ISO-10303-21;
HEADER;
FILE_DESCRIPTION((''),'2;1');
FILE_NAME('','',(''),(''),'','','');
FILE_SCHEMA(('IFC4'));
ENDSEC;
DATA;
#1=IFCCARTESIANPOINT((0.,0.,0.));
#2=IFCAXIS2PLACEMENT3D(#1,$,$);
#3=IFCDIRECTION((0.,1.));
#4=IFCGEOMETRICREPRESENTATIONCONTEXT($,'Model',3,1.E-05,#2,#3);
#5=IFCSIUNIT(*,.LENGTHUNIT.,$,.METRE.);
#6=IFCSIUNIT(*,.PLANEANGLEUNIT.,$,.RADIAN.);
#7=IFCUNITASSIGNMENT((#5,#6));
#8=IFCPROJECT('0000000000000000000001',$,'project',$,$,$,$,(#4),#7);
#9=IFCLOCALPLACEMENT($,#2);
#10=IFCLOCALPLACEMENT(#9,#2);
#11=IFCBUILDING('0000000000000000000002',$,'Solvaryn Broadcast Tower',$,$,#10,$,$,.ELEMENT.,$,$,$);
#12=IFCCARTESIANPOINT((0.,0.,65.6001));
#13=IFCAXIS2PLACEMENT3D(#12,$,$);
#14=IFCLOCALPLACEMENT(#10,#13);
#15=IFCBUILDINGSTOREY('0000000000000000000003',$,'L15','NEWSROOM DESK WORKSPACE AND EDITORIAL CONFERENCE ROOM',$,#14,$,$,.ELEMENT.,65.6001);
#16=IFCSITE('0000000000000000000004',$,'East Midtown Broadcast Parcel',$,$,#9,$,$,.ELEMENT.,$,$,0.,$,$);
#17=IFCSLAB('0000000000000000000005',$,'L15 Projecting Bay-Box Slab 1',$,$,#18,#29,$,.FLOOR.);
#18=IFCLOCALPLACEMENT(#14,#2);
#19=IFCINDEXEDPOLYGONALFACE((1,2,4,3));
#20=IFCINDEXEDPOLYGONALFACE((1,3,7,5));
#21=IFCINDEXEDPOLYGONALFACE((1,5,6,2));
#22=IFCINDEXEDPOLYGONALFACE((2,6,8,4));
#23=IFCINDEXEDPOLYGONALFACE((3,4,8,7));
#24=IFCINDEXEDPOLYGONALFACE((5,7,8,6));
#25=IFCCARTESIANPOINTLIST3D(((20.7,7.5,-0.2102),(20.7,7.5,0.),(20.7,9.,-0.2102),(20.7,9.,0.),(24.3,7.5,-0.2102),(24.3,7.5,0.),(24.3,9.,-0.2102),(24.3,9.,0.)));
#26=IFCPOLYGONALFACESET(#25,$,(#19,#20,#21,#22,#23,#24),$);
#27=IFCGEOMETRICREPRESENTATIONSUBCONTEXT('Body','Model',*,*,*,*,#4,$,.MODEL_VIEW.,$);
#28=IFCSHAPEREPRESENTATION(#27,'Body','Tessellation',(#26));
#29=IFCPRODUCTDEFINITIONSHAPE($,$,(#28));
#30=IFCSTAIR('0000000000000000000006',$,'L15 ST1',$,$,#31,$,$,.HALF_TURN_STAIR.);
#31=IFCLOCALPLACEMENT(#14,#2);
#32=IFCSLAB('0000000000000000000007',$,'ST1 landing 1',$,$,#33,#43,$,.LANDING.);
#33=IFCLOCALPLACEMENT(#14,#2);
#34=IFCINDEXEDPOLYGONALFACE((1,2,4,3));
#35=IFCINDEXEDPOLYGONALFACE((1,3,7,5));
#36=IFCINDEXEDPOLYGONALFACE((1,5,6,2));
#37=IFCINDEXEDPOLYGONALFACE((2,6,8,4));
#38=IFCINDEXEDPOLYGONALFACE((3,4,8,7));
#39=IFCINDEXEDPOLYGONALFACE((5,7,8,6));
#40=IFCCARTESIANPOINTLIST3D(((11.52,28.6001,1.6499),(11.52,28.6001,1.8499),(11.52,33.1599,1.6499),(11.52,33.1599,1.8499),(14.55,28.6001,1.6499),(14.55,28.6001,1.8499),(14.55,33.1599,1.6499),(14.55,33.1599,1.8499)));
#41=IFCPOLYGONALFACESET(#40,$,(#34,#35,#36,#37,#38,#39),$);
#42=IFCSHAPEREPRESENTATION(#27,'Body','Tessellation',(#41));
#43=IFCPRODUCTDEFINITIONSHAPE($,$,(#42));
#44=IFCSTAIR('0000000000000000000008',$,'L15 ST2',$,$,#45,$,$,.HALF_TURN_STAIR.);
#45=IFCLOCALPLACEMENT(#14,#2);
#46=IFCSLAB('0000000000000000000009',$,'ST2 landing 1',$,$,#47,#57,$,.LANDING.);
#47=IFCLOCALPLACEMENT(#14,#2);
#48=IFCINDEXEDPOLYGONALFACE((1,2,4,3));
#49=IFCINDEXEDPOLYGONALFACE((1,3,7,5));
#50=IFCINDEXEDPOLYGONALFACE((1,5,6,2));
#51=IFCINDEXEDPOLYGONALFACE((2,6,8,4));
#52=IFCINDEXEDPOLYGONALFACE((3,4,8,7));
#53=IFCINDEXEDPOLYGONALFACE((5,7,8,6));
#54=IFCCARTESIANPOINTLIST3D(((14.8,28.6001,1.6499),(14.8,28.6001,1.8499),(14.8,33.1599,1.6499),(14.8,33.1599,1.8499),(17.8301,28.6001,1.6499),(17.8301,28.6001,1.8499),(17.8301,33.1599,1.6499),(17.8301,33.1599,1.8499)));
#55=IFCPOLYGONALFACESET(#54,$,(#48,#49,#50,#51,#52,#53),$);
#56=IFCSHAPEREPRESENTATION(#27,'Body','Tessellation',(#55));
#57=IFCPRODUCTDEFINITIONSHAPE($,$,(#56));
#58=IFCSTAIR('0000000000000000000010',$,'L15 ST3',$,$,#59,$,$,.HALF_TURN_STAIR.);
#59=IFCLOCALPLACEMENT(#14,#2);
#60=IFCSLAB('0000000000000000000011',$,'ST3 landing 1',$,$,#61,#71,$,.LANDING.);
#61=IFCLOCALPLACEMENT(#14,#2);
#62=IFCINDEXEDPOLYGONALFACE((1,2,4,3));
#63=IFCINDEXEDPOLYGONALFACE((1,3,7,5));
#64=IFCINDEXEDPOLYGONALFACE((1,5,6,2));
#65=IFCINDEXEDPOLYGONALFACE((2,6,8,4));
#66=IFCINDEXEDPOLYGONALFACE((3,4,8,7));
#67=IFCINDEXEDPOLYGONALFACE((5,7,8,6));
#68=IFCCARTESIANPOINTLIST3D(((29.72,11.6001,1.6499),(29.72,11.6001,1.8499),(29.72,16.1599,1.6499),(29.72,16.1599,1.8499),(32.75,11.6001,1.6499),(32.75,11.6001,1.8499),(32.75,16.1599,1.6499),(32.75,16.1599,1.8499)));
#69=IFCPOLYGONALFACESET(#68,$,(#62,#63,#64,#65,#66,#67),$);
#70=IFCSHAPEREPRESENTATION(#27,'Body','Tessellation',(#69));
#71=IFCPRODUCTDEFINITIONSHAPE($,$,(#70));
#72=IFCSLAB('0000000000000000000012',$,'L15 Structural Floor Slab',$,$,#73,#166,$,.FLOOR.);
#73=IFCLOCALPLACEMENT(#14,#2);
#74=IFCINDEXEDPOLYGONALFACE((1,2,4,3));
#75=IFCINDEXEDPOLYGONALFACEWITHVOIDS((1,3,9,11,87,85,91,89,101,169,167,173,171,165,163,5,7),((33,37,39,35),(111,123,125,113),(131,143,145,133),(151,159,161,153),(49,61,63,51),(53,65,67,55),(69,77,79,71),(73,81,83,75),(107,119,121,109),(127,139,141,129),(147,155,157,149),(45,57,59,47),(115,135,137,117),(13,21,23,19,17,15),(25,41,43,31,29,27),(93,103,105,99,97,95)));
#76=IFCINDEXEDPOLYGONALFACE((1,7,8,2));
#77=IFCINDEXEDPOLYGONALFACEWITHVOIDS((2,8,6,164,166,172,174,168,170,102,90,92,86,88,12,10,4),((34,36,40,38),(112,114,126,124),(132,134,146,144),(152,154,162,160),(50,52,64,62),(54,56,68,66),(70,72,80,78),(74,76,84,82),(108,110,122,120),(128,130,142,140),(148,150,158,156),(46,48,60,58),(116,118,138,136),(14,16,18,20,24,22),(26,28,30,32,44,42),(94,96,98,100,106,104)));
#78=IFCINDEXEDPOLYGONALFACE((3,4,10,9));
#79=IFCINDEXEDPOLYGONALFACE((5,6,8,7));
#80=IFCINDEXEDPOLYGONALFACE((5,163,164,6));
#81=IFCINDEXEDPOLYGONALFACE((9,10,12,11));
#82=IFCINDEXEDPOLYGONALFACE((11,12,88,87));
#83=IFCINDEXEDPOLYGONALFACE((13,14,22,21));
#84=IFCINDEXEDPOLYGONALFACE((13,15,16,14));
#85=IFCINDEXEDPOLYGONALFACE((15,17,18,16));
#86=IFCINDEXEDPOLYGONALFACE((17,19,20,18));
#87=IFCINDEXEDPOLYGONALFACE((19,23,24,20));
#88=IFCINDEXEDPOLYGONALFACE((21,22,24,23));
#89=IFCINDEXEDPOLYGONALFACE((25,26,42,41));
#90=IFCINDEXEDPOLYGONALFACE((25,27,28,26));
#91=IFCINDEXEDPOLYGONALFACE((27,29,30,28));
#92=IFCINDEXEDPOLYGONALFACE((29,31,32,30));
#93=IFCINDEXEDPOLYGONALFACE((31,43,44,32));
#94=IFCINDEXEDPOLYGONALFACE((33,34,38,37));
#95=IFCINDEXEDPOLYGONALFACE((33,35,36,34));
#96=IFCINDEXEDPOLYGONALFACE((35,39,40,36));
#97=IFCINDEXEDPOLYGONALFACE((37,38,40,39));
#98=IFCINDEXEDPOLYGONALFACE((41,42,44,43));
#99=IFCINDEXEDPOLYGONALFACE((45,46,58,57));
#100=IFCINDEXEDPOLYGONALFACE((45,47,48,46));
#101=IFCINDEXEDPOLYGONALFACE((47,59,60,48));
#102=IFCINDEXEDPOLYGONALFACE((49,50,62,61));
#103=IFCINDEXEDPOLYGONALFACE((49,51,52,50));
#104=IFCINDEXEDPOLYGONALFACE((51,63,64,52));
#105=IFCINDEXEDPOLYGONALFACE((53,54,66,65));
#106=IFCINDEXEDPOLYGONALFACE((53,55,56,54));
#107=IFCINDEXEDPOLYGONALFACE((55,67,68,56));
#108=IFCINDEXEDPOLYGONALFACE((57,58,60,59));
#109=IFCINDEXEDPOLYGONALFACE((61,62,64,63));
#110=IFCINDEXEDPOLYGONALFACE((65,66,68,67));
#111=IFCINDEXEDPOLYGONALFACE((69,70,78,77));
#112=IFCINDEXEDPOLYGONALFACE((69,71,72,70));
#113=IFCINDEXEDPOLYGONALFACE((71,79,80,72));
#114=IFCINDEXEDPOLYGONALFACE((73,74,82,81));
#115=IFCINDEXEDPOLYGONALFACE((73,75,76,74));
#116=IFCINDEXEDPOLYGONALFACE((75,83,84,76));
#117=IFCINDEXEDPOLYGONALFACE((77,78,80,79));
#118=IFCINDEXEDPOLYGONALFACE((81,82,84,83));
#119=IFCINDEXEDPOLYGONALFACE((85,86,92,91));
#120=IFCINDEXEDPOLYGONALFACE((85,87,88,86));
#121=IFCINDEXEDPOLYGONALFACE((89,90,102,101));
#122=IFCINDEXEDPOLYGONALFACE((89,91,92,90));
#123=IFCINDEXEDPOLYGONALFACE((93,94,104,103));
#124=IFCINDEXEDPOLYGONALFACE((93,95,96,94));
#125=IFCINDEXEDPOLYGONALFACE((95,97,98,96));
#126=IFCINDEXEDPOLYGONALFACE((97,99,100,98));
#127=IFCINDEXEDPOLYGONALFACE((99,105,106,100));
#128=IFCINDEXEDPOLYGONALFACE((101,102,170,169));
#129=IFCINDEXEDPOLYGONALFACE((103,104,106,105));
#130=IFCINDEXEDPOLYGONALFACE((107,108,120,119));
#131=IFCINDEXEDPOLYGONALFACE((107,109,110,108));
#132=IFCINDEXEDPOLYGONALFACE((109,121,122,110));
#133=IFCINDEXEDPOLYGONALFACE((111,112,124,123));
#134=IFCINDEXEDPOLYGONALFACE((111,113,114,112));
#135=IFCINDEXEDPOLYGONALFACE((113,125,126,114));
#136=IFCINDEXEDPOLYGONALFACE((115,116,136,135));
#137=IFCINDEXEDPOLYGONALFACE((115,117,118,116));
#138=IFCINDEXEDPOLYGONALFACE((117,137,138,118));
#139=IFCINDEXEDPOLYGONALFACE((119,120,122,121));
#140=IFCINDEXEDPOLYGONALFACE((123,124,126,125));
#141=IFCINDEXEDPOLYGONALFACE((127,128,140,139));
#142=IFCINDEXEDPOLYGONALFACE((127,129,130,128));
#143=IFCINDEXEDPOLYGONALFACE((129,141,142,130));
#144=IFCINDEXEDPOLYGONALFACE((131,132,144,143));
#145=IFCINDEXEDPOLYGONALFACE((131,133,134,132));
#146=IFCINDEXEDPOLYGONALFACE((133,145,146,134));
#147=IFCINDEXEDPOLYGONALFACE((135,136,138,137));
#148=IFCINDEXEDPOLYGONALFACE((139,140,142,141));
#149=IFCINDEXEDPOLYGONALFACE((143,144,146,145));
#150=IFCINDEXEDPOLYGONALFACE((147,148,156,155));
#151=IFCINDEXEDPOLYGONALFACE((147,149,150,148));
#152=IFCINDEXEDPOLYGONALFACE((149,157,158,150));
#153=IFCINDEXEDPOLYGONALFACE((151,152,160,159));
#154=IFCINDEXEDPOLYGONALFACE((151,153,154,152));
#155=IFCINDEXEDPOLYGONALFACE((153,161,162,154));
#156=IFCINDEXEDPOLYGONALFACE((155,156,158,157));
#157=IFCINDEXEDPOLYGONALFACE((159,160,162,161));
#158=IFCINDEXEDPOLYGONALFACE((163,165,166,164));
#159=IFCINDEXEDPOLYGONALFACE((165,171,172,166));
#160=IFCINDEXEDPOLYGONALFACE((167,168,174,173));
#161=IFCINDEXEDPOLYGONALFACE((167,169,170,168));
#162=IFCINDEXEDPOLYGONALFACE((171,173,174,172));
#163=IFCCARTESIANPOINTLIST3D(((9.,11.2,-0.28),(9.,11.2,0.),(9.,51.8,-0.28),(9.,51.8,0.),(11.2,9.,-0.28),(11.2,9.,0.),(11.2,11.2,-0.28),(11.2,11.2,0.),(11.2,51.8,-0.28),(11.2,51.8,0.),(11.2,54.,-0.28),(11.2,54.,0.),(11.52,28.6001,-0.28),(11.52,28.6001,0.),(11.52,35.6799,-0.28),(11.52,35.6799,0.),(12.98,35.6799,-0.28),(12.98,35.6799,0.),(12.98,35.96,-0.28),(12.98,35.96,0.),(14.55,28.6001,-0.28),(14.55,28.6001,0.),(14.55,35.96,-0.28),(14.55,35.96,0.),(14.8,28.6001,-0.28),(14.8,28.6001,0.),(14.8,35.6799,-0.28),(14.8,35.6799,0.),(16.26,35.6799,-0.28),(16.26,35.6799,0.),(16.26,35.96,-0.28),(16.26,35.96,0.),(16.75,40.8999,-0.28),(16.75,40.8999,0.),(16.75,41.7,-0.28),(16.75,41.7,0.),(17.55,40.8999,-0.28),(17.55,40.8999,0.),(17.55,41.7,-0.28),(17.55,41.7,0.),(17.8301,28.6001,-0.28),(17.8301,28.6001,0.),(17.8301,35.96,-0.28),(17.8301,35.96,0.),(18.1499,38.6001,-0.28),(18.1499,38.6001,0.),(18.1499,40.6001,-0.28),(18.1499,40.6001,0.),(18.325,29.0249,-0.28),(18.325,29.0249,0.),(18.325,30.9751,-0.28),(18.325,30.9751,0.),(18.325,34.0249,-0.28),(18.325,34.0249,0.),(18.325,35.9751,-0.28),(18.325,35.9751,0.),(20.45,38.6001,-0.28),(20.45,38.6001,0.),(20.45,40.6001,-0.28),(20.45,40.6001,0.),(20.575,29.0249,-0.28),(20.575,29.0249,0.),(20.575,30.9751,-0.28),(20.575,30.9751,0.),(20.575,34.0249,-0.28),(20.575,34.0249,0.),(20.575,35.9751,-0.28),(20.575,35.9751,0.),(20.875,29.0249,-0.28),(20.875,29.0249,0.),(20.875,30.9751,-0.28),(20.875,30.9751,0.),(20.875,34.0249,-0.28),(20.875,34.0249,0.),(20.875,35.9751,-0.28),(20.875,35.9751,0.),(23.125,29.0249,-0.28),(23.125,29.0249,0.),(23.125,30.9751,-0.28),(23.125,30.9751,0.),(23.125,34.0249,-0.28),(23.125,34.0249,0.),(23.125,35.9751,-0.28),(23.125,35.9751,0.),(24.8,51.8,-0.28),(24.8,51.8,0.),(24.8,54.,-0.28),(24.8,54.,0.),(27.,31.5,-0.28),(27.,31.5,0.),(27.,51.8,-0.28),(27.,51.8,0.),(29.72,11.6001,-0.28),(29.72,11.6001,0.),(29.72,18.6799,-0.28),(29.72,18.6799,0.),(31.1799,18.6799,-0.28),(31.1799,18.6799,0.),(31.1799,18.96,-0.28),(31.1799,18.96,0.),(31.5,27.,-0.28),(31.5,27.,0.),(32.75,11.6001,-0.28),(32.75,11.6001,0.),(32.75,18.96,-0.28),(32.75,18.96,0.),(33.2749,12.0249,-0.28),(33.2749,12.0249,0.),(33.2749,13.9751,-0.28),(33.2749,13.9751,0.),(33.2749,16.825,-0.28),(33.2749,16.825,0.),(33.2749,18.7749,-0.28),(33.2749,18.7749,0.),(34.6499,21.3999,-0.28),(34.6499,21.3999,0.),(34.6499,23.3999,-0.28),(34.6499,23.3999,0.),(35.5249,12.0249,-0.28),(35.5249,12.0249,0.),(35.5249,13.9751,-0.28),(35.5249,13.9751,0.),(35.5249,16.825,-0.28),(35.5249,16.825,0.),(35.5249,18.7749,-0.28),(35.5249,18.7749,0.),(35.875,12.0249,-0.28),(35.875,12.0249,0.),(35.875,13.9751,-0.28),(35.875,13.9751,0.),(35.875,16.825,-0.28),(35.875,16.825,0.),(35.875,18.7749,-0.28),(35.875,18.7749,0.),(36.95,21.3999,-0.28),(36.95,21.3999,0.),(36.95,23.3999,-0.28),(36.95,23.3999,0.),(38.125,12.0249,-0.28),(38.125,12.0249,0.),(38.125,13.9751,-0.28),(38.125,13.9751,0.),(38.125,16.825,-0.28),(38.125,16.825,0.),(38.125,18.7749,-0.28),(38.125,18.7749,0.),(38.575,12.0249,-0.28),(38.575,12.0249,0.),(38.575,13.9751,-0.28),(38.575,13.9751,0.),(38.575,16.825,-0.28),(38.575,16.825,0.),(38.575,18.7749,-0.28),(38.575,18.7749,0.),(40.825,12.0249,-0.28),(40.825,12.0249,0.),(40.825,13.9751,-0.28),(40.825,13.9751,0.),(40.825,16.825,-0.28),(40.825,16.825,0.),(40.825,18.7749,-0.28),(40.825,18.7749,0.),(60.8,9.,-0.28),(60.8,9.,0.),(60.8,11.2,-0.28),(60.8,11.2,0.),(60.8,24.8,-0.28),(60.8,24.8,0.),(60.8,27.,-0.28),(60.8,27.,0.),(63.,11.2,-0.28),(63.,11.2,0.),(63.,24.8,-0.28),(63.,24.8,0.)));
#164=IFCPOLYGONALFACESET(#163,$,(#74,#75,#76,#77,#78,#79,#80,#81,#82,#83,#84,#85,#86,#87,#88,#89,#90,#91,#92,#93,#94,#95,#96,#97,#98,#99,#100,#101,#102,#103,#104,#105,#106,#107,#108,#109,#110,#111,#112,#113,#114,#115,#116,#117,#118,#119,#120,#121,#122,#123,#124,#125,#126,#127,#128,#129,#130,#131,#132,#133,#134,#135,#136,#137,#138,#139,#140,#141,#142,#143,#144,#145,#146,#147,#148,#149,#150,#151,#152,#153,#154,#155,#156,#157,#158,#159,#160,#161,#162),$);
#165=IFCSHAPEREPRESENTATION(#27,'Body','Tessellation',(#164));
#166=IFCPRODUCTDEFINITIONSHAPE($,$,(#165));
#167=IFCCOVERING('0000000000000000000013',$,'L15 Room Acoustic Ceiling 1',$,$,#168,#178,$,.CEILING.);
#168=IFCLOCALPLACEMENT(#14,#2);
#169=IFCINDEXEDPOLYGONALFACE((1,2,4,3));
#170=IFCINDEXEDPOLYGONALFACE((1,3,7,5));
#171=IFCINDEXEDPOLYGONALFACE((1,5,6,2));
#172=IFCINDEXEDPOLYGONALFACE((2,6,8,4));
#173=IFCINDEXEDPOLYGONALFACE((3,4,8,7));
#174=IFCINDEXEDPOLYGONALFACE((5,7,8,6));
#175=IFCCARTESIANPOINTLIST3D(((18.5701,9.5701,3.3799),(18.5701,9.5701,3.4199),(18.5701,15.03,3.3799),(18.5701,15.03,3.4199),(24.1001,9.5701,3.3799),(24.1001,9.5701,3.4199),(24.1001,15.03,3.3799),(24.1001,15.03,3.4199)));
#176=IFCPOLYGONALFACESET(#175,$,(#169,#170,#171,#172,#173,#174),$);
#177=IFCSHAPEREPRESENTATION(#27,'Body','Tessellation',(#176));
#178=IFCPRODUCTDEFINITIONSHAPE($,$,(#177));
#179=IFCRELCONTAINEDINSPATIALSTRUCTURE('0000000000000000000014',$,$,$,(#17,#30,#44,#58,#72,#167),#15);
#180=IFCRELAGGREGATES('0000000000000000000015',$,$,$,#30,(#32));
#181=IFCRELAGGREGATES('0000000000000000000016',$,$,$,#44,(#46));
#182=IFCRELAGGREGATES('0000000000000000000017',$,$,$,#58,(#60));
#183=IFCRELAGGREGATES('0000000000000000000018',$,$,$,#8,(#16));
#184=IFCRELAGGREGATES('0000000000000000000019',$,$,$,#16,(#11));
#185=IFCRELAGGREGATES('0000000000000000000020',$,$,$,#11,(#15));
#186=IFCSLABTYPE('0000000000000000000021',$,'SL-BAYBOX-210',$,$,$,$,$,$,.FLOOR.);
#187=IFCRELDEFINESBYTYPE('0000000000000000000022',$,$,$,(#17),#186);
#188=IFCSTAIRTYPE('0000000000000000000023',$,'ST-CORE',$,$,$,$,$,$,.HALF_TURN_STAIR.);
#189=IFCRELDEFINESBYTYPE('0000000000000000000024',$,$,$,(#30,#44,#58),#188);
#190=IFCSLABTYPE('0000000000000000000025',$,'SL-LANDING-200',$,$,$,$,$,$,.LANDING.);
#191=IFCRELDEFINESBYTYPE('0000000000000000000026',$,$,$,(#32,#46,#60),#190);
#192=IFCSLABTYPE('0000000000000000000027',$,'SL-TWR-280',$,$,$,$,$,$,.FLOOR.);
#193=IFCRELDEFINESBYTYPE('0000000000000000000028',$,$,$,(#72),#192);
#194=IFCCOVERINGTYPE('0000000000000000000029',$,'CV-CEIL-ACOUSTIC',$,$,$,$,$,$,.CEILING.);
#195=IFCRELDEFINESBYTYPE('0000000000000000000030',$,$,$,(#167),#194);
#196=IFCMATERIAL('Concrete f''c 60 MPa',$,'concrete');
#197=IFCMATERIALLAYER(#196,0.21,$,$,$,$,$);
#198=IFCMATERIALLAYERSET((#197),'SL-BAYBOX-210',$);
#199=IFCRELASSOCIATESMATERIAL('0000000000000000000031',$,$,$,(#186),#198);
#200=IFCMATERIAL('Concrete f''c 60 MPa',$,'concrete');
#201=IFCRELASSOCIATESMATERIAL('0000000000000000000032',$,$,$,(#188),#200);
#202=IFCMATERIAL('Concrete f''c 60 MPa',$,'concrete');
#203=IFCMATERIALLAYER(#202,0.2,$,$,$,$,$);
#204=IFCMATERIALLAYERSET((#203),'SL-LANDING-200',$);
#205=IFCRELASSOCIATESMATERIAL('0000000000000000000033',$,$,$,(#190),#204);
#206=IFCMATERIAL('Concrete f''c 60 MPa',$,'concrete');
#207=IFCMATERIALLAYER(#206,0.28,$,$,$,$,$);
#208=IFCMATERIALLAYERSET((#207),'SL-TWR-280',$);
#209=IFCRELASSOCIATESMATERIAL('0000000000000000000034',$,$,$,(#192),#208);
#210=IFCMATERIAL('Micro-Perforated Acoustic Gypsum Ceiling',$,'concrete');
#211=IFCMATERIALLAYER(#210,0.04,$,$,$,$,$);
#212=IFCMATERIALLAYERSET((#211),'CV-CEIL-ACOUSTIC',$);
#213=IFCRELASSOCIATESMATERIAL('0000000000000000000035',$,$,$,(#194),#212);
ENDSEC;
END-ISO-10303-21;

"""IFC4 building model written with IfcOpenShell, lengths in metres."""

from ifc_helpers import new_model, si_unit, direction, frame, origin, place, context, subcontext, project, spatial, polyline, outline, extrude, material, layer, layer_set, type_object, element, aggregate, save


model = new_model("IFC4")

# Units and contexts
model_context = context("Model", 3, precision=1e-05, world=origin(), true_north=direction((0.0, 1.0)))
body_context = subcontext(model_context, "Body", "Model", "MODEL_VIEW")
ifc_project = project(units=[si_unit("LENGTHUNIT", "METRE"), si_unit("PLANEANGLEUNIT", "RADIAN")], contexts=[model_context])

# Site, building, storey
site_placement = place(None, origin())
site = spatial("IfcSite", under=ifc_project, at=site_placement, Name="East Midtown Broadcast Parcel", CompositionType="ELEMENT", RefElevation=0.0)
building_placement = place(site_placement, origin())
building = spatial("IfcBuilding", under=site, at=building_placement, Name="Solvaryn Broadcast Tower", CompositionType="ELEMENT")
storey_placement = place(building_placement, frame((0.0, 0.0, 65.6001)))
storey = spatial("IfcBuildingStorey", under=building, at=storey_placement, Name="L15", Description="NEWSROOM DESK WORKSPACE AND EDITORIAL CONFERENCE ROOM", CompositionType="ELEMENT", Elevation=65.6001)

# Slab
ifc_material_1 = material(Name="Concrete f'c 60 MPa", Category="concrete")
ifc_layer_1 = layer(ifc_material_1, 0.21)
ifc_layer_set_1 = layer_set([ifc_layer_1], Name="SL-BAYBOX-210")
slab_type_1 = type_object("IfcSlabType", Name="SL-BAYBOX-210", PredefinedType="FLOOR", material=ifc_layer_set_1)
slab_1_placement = place(storey_placement, frame((0.0, 0.0, -0.2102)))
element("IfcSlab", 1, at=slab_1_placement, inside=storey, type_object=slab_type_1, Name="L15 Projecting Bay-Box Slab 1", PredefinedType="FLOOR", context=body_context, shape_type="SweptSolid", body=[
    extrude(outline(polyline([(20.7, 7.5), (24.3, 7.5), (24.3, 9.0), (20.7, 9.0), (20.7, 7.5)])), origin(), (0.0, 0.0, 1.0), 0.2102),
])

# Stairs, slabs
ifc_material_2 = material(Name="Concrete f'c 60 MPa", Category="concrete")
stair_type = type_object("IfcStairType", Name="ST-CORE", PredefinedType="HALF_TURN_STAIR", material=ifc_material_2)
stair_1_placement = place(storey_placement, origin())
stair_1 = element("IfcStair", 2, at=stair_1_placement, inside=storey, type_object=stair_type, Name="L15 ST1", PredefinedType="HALF_TURN_STAIR")
ifc_material_3 = material(Name="Concrete f'c 60 MPa", Category="concrete")
ifc_layer_2 = layer(ifc_material_3, 0.2)
ifc_layer_set_2 = layer_set([ifc_layer_2], Name="SL-LANDING-200")
slab_type_2 = type_object("IfcSlabType", Name="SL-LANDING-200", PredefinedType="LANDING", material=ifc_layer_set_2)
slab_2_placement = place(storey_placement, frame((0.0, 0.0, 1.6499)))
slab_2 = element("IfcSlab", 3, at=slab_2_placement, type_object=slab_type_2, Name="ST1 landing 1", PredefinedType="LANDING", context=body_context, shape_type="SweptSolid", body=[
    extrude(outline(polyline([(11.52, 33.1599), (11.52, 28.6001), (14.55, 28.6001), (14.55, 33.1599), (11.52, 33.1599)])), origin(), (0.0, 0.0, 1.0), 0.2),
])
aggregate(stair_1, [slab_2])
stair_2_placement = place(storey_placement, origin())
stair_2 = element("IfcStair", 4, at=stair_2_placement, inside=storey, type_object=stair_type, Name="L15 ST2", PredefinedType="HALF_TURN_STAIR")
slab_3_placement = place(storey_placement, frame((0.0, 0.0, 1.6499)))
slab_3 = element("IfcSlab", 5, at=slab_3_placement, type_object=slab_type_2, Name="ST2 landing 1", PredefinedType="LANDING", context=body_context, shape_type="SweptSolid", body=[
    extrude(outline(polyline([(14.8, 33.1599), (14.8, 28.6001), (17.8301, 28.6001), (17.8301, 33.1599), (14.8, 33.1599)])), origin(), (0.0, 0.0, 1.0), 0.2),
])
aggregate(stair_2, [slab_3])
stair_3_placement = place(storey_placement, origin())
stair_3 = element("IfcStair", 6, at=stair_3_placement, inside=storey, type_object=stair_type, Name="L15 ST3", PredefinedType="HALF_TURN_STAIR")
slab_4_placement = place(storey_placement, frame((0.0, 0.0, 1.6499)))
slab_4 = element("IfcSlab", 7, at=slab_4_placement, type_object=slab_type_2, Name="ST3 landing 1", PredefinedType="LANDING", context=body_context, shape_type="SweptSolid", body=[
    extrude(outline(polyline([(29.72, 16.1599), (29.72, 11.6001), (32.75, 11.6001), (32.75, 16.1599), (29.72, 16.1599)])), origin(), (0.0, 0.0, 1.0), 0.2),
])
aggregate(stair_3, [slab_4])

# Slab
ifc_material_4 = material(Name="Concrete f'c 60 MPa", Category="concrete")
ifc_layer_3 = layer(ifc_material_4, 0.28)
ifc_layer_set_3 = layer_set([ifc_layer_3], Name="SL-TWR-280")
slab_type_3 = type_object("IfcSlabType", Name="SL-TWR-280", PredefinedType="FLOOR", material=ifc_layer_set_3)
slab_5_placement = place(storey_placement, frame((0.0, 0.0, -0.28)))
element("IfcSlab", 8, at=slab_5_placement, inside=storey, type_object=slab_type_3, Name="L15 Structural Floor Slab", PredefinedType="FLOOR", context=body_context, shape_type="SweptSolid", body=[
    extrude(outline(polyline([(11.2, 9.0), (60.8, 9.0), (60.8, 11.2), (63.0, 11.2), (63.0, 24.8), (60.8, 24.8), (60.8, 27.0), (31.5, 27.0), (27.0, 31.5), (27.0, 51.8), (24.8, 51.8), (24.8, 54.0), (11.2, 54.0), (11.2, 51.8), (9.0, 51.8), (9.0, 11.2), (11.2, 11.2), (11.2, 9.0)]), holes=[polyline([(11.52, 28.6001), (14.55, 28.6001), (14.55, 35.96), (12.98, 35.96), (12.98, 35.6799), (11.52, 35.6799), (11.52, 28.6001)]), polyline([(14.8, 28.6001), (17.8301, 28.6001), (17.8301, 35.96), (16.26, 35.96), (16.26, 35.6799), (14.8, 35.6799), (14.8, 28.6001)]), polyline([(29.72, 11.6001), (32.75, 11.6001), (32.75, 18.96), (31.1799, 18.96), (31.1799, 18.6799), (29.72, 18.6799), (29.72, 11.6001)]), polyline([(18.1499, 38.6001), (20.45, 38.6001), (20.45, 40.6001), (18.1499, 40.6001), (18.1499, 38.6001)]), polyline([(18.325, 29.0249), (20.575, 29.0249), (20.575, 30.9751), (18.325, 30.9751), (18.325, 29.0249)]), polyline([(20.875, 29.0249), (23.125, 29.0249), (23.125, 30.9751), (20.875, 30.9751), (20.875, 29.0249)]), polyline([(18.325, 34.0249), (20.575, 34.0249), (20.575, 35.9751), (18.325, 35.9751), (18.325, 34.0249)]), polyline([(20.875, 34.0249), (23.125, 34.0249), (23.125, 35.9751), (20.875, 35.9751), (20.875, 34.0249)]), polyline([(34.6499, 21.3999), (36.95, 21.3999), (36.95, 23.3999), (34.6499, 23.3999), (34.6499, 21.3999)]), polyline([(33.2749, 12.0249), (35.5249, 12.0249), (35.5249, 13.9751), (33.2749, 13.9751), (33.2749, 12.0249)]), polyline([(35.875, 12.0249), (38.125, 12.0249), (38.125, 13.9751), (35.875, 13.9751), (35.875, 12.0249)]), polyline([(33.2749, 16.825), (35.5249, 16.825), (35.5249, 18.7749), (33.2749, 18.7749), (33.2749, 16.825)]), polyline([(35.875, 16.825), (38.125, 16.825), (38.125, 18.7749), (35.875, 18.7749), (35.875, 16.825)]), polyline([(38.575, 12.0249), (40.825, 12.0249), (40.825, 13.9751), (38.575, 13.9751), (38.575, 12.0249)]), polyline([(38.575, 16.825), (40.825, 16.825), (40.825, 18.7749), (38.575, 18.7749), (38.575, 16.825)]), polyline([(16.75, 40.8999), (17.55, 40.8999), (17.55, 41.7), (16.75, 41.7), (16.75, 40.8999)])]), origin(), (0.0, 0.0, 1.0), 0.28),
])

# Covering
ifc_material_5 = material(Name="Micro-Perforated Acoustic Gypsum Ceiling", Category="concrete")
ifc_layer_4 = layer(ifc_material_5, 0.04)
ifc_layer_set_4 = layer_set([ifc_layer_4], Name="CV-CEIL-ACOUSTIC")
covering_type_1 = type_object("IfcCoveringType", Name="CV-CEIL-ACOUSTIC", PredefinedType="CEILING", material=ifc_layer_set_4)
covering_1_placement = place(storey_placement, frame((0.0, 0.0, 3.3799)))
element("IfcCovering", 9, at=covering_1_placement, inside=storey, type_object=covering_type_1, Name="L15 Room Acoustic Ceiling 1", PredefinedType="CEILING", context=body_context, shape_type="SweptSolid", body=[
    extrude(outline(polyline([(18.5701, 9.5701), (24.1001, 9.5701), (24.1001, 15.03), (18.5701, 15.03), (18.5701, 9.5701)])), origin(), (0.0, 0.0, 1.0), 0.04),
])

save(model, "model.ifc")
